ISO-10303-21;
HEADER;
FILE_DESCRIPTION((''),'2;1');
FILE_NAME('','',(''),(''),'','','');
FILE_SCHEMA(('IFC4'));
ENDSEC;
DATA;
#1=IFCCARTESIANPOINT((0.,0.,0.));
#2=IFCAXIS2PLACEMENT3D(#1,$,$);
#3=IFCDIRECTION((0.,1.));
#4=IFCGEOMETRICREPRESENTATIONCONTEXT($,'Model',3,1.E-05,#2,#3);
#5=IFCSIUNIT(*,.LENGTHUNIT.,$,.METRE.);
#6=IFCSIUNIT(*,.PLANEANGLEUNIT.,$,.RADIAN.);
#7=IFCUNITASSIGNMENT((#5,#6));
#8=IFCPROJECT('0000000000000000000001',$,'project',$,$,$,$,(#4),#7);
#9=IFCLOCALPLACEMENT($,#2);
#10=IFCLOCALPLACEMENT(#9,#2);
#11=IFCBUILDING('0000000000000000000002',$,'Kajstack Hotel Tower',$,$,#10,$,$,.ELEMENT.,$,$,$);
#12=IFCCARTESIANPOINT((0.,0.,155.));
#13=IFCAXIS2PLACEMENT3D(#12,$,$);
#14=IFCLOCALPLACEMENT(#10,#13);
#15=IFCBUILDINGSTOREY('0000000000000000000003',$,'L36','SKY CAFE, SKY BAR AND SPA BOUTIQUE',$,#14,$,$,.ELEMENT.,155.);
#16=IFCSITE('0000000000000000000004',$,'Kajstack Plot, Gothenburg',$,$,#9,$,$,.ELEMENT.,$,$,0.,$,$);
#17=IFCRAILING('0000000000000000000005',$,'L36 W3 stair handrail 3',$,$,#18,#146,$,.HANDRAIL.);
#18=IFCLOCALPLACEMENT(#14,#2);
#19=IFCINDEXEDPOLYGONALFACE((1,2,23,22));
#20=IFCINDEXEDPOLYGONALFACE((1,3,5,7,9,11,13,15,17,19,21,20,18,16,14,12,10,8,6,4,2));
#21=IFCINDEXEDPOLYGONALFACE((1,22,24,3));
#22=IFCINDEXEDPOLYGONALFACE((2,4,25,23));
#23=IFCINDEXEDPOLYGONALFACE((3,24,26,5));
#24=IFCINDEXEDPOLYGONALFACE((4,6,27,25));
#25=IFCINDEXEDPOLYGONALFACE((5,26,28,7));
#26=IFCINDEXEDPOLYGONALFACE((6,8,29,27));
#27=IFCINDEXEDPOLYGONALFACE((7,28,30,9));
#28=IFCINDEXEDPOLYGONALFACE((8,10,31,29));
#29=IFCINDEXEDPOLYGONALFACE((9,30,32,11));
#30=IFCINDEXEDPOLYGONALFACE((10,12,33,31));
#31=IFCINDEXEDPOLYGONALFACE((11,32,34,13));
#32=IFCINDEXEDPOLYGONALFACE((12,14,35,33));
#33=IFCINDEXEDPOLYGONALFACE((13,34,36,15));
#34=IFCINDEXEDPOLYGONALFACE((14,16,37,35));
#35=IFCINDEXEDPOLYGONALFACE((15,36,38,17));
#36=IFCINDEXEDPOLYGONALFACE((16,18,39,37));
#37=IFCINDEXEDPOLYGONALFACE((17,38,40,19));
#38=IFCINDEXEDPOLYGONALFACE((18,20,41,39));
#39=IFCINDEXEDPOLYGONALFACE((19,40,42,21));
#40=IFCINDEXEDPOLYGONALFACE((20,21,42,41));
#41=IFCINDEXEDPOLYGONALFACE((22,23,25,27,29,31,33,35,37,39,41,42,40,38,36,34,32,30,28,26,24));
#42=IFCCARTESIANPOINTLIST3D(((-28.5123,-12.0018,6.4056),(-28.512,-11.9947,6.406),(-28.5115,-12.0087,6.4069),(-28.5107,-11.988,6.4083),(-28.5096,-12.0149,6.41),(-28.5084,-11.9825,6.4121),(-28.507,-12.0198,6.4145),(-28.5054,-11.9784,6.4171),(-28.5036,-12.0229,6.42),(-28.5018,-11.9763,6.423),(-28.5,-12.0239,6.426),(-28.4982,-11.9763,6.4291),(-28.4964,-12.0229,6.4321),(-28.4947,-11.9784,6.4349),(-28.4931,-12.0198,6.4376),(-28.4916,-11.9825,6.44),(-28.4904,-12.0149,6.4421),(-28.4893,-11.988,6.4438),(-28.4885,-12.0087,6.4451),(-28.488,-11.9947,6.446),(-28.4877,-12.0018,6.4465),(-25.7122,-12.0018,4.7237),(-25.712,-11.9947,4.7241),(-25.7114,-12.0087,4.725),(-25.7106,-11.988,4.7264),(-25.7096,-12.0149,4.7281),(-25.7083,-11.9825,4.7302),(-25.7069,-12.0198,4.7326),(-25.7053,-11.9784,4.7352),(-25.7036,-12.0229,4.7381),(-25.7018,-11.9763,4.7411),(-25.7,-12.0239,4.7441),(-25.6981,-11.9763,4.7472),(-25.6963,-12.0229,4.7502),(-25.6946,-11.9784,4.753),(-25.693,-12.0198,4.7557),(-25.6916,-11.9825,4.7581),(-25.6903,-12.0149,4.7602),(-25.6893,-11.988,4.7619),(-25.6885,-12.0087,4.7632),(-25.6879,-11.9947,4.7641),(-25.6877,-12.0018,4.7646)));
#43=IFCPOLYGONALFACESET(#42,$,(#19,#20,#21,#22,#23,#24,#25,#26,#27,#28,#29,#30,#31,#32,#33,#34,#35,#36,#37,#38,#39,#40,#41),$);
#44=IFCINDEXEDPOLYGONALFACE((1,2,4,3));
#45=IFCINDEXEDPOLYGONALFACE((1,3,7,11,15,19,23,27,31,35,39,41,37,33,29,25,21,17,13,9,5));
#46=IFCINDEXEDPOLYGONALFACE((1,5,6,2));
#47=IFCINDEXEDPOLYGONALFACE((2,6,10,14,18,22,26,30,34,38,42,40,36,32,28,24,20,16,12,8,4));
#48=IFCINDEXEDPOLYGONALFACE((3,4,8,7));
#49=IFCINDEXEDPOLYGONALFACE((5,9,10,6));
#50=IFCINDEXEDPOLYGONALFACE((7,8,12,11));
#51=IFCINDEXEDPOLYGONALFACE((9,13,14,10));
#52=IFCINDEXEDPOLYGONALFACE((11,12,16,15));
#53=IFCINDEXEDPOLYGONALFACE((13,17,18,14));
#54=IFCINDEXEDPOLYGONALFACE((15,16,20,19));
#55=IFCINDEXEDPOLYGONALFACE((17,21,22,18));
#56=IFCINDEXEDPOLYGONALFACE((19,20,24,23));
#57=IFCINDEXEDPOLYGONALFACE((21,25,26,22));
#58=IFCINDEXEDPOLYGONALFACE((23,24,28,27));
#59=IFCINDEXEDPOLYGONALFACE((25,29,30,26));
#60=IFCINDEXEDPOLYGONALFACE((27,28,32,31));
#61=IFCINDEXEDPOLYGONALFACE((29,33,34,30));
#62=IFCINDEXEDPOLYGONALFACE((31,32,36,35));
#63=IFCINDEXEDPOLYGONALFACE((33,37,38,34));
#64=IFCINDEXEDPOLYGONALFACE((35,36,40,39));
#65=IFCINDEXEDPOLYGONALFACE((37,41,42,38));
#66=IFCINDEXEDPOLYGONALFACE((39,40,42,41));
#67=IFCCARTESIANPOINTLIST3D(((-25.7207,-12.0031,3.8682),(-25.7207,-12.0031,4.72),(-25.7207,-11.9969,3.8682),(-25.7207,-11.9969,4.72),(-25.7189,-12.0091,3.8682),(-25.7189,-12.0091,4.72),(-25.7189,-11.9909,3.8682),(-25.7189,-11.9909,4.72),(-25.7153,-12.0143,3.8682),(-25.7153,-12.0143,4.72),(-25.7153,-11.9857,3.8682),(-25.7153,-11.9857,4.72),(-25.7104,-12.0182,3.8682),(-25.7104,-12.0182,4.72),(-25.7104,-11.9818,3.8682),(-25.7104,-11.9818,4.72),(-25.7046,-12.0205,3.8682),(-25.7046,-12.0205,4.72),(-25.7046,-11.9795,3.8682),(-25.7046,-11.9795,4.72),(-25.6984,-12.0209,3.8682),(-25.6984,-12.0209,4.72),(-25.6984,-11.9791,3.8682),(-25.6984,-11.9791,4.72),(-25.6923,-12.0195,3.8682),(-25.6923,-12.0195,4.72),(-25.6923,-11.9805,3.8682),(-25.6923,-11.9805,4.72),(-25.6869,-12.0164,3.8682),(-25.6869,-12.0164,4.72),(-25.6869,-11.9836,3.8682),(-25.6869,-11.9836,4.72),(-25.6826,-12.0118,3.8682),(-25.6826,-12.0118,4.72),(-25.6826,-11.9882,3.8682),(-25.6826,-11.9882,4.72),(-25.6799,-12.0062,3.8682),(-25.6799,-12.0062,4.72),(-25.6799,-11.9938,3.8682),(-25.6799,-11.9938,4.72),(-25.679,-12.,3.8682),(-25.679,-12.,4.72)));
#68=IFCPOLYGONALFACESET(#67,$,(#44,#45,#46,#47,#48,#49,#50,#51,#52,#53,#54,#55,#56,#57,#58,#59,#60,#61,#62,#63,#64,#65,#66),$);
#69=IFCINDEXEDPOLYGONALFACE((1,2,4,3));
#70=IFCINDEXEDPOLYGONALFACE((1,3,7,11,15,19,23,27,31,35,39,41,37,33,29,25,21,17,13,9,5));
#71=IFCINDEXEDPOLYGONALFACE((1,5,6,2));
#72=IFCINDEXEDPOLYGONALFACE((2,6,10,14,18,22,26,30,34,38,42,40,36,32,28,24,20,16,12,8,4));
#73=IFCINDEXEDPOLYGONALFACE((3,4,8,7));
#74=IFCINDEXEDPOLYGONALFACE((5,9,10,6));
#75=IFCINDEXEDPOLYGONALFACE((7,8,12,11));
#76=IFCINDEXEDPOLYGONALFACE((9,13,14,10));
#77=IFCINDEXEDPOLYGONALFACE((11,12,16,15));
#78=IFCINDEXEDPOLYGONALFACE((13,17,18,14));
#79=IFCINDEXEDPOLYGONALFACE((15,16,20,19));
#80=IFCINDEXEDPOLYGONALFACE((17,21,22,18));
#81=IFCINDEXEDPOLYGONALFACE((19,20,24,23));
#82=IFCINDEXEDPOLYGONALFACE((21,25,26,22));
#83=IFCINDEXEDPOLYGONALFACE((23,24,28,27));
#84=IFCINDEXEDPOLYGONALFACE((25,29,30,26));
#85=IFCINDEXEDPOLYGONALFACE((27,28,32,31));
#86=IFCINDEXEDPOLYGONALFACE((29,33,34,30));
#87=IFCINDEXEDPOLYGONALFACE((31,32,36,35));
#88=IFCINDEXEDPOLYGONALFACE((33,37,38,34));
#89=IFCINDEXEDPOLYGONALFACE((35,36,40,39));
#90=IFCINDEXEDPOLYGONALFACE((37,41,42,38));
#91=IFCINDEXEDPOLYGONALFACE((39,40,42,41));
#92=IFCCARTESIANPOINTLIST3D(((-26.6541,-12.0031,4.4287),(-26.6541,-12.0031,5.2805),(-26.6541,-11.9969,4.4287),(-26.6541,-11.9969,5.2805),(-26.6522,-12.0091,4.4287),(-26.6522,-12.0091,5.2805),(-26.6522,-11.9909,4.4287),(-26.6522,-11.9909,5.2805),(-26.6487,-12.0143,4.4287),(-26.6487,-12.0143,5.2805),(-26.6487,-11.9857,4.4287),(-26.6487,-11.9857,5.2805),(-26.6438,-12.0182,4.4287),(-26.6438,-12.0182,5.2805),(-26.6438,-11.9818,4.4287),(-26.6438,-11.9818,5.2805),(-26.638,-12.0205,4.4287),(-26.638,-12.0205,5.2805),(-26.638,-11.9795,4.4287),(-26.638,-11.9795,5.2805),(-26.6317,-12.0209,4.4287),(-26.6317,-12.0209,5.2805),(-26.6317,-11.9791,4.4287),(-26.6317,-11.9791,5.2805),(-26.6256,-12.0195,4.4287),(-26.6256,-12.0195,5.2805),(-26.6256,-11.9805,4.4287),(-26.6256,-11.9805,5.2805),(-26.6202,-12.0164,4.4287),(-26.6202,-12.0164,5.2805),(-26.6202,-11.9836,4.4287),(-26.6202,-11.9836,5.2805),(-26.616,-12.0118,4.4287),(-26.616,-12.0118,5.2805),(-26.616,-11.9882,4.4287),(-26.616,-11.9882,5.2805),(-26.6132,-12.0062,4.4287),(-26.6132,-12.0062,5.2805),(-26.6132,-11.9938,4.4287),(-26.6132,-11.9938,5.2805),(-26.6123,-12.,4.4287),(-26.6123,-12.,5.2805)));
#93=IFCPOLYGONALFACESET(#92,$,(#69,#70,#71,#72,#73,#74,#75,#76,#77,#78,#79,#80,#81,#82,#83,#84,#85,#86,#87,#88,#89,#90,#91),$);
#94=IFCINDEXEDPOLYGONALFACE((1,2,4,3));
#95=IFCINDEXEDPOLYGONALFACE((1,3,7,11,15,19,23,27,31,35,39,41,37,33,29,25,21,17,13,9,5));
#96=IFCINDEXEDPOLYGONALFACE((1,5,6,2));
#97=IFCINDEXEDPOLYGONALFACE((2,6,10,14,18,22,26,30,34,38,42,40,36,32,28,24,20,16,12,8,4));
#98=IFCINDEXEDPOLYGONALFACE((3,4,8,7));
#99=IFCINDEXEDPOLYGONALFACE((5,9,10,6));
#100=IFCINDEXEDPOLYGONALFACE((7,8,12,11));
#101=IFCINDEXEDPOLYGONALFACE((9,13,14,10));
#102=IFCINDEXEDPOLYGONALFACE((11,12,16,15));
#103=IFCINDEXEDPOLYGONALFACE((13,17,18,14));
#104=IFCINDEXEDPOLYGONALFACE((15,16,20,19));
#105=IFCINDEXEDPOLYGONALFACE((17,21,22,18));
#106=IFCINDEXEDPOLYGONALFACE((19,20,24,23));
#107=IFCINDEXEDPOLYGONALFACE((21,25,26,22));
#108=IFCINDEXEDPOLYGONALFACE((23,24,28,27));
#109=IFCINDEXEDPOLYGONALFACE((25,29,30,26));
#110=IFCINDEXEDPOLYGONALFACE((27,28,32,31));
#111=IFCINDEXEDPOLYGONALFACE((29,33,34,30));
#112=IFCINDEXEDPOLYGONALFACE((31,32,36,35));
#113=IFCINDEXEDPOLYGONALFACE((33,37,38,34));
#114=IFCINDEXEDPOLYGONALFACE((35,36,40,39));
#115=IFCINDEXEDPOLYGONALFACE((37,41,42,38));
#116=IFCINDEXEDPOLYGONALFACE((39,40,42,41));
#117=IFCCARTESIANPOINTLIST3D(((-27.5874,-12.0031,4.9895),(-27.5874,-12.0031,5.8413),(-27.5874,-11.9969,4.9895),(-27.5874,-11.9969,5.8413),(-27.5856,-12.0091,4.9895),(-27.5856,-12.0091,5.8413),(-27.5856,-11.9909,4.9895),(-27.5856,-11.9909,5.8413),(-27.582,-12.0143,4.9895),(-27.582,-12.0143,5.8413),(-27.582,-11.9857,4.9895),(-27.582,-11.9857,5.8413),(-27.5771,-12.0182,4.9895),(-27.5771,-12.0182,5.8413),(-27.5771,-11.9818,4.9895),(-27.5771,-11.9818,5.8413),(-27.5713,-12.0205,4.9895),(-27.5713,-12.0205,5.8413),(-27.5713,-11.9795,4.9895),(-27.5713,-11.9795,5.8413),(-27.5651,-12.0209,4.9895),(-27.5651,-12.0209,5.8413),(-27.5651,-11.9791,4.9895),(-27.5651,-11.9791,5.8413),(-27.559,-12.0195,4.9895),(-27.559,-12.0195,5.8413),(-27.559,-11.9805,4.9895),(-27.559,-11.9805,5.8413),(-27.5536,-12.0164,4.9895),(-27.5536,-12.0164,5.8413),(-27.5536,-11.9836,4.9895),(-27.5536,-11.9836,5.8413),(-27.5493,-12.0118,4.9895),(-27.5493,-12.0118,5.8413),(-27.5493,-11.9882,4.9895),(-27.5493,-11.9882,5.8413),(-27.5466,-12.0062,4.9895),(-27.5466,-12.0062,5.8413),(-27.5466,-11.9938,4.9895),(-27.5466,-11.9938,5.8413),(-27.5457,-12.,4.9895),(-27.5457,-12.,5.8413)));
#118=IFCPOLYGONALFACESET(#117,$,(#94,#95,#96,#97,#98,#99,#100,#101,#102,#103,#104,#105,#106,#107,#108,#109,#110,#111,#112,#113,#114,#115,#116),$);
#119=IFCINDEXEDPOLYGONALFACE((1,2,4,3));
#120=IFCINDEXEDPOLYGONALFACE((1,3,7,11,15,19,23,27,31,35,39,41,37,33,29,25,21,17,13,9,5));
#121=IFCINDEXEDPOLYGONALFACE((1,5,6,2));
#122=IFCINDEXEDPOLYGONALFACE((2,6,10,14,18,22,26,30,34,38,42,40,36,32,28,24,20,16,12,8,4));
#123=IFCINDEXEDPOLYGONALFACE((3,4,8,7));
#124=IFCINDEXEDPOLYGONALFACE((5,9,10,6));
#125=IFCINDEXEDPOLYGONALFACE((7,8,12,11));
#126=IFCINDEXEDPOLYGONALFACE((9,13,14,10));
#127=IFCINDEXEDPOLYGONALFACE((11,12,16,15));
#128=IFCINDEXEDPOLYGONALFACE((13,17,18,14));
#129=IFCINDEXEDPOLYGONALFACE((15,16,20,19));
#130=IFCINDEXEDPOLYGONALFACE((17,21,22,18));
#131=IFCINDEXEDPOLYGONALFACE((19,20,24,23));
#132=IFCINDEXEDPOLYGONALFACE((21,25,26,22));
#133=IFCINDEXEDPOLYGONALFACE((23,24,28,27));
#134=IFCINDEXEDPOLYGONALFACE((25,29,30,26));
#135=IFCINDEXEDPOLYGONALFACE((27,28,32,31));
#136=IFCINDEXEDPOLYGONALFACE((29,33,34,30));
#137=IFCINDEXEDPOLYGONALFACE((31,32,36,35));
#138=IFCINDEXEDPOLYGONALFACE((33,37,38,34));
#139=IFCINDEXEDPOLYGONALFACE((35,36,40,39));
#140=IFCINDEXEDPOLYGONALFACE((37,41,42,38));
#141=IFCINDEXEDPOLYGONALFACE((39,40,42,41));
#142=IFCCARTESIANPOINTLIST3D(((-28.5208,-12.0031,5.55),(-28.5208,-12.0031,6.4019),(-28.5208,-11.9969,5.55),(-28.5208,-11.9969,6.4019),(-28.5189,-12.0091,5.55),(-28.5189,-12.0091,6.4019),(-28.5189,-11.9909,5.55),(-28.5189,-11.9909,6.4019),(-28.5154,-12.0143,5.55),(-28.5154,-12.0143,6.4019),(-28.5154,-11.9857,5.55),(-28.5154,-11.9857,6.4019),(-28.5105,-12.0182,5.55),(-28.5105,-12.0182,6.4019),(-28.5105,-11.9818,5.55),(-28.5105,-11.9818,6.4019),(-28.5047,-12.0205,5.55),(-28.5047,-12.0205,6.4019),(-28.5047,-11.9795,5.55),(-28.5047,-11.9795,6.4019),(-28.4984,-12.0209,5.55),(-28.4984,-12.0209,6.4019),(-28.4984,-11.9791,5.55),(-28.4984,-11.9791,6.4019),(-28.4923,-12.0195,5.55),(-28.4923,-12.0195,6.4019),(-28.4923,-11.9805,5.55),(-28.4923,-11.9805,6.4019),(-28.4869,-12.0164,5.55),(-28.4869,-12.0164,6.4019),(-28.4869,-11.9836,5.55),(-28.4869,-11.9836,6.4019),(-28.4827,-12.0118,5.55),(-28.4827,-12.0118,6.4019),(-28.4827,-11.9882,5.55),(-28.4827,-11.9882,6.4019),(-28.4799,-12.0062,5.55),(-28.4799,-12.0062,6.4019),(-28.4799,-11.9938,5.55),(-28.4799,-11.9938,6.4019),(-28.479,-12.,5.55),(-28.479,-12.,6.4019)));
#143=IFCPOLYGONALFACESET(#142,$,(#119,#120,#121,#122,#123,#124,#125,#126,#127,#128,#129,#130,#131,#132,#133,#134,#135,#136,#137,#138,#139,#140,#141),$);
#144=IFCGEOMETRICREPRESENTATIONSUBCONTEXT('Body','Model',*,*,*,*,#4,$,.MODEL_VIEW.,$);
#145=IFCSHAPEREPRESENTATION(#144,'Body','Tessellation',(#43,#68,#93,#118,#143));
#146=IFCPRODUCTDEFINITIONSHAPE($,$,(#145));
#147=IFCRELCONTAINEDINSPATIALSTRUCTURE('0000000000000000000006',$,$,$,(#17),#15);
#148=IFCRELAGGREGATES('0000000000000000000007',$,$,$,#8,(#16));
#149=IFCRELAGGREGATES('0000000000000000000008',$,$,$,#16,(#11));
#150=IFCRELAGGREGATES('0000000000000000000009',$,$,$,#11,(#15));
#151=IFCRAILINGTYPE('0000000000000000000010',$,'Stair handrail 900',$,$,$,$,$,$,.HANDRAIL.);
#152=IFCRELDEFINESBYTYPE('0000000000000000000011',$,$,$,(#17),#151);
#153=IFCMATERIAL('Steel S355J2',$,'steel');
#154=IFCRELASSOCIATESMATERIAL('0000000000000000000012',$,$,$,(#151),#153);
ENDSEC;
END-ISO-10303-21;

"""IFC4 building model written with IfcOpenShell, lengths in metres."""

from ifc_helpers import new_model, si_unit, direction, frame, origin, origin_2d, place, context, subcontext, project, spatial, circle, extrude, material, type_object, element, save


model = new_model("IFC4")

# Units and contexts
model_context = context("Model", 3, precision=1e-05, world=origin(), true_north=direction((0.0, 1.0)))
body_context = subcontext(model_context, "Body", "Model", "MODEL_VIEW")
ifc_project = project(units=[si_unit("LENGTHUNIT", "METRE"), si_unit("PLANEANGLEUNIT", "RADIAN")], contexts=[model_context])

# Site, building, storey
site_placement = place(None, origin())
site = spatial("IfcSite", under=ifc_project, at=site_placement, Name="Kajstack Plot, Gothenburg", CompositionType="ELEMENT", RefElevation=0.0)
building_placement = place(site_placement, origin())
building = spatial("IfcBuilding", under=site, at=building_placement, Name="Kajstack Hotel Tower", CompositionType="ELEMENT")
storey_placement = place(building_placement, frame((0.0, 0.0, 155.0)))
storey = spatial("IfcBuildingStorey", under=building, at=storey_placement, Name="L36", Description="SKY CAFE, SKY BAR AND SPA BOUTIQUE", CompositionType="ELEMENT", Elevation=155.0)

# Railing
ifc_material_1 = material(Name="Steel S355J2", Category="steel")
railing_type_1 = type_object("IfcRailingType", Name="Stair handrail 900", PredefinedType="HANDRAIL", material=ifc_material_1)
railing_1_placement = place(storey_placement, frame((-25.7, -12.0, 3.8682)))
element("IfcRailing", 1, at=railing_1_placement, inside=storey, type_object=railing_type_1, Name="L36 W3 stair handrail 3", PredefinedType="HANDRAIL", context=body_context, shape_type="SweptSolid", body=[
    extrude(circle(Radius=0.0239, at=origin_2d()), frame((0.0, 0.0, 0.876), z_axis=(-0.857242, 0.0, 0.514913), x_axis=(0.0, -1.0, 0.0)), (0.0, 0.0, 1.0), 3.2664),
    extrude(circle(Radius=0.021, at=origin_2d()), origin(), (0.0, 0.0, 1.0), 0.8518),
    extrude(circle(Radius=0.021, at=origin_2d()), frame((-0.9333, 0.0, 0.5605)), (0.0, 0.0, 1.0), 0.8518),
    extrude(circle(Radius=0.021, at=origin_2d()), frame((-1.8667, 0.0, 1.1213)), (0.0, 0.0, 1.0), 0.8518),
    extrude(circle(Radius=0.021, at=origin_2d()), frame((-2.8, 0.0, 1.6819)), (0.0, 0.0, 1.0), 0.8518),
])

save(model, "model.ifc")
